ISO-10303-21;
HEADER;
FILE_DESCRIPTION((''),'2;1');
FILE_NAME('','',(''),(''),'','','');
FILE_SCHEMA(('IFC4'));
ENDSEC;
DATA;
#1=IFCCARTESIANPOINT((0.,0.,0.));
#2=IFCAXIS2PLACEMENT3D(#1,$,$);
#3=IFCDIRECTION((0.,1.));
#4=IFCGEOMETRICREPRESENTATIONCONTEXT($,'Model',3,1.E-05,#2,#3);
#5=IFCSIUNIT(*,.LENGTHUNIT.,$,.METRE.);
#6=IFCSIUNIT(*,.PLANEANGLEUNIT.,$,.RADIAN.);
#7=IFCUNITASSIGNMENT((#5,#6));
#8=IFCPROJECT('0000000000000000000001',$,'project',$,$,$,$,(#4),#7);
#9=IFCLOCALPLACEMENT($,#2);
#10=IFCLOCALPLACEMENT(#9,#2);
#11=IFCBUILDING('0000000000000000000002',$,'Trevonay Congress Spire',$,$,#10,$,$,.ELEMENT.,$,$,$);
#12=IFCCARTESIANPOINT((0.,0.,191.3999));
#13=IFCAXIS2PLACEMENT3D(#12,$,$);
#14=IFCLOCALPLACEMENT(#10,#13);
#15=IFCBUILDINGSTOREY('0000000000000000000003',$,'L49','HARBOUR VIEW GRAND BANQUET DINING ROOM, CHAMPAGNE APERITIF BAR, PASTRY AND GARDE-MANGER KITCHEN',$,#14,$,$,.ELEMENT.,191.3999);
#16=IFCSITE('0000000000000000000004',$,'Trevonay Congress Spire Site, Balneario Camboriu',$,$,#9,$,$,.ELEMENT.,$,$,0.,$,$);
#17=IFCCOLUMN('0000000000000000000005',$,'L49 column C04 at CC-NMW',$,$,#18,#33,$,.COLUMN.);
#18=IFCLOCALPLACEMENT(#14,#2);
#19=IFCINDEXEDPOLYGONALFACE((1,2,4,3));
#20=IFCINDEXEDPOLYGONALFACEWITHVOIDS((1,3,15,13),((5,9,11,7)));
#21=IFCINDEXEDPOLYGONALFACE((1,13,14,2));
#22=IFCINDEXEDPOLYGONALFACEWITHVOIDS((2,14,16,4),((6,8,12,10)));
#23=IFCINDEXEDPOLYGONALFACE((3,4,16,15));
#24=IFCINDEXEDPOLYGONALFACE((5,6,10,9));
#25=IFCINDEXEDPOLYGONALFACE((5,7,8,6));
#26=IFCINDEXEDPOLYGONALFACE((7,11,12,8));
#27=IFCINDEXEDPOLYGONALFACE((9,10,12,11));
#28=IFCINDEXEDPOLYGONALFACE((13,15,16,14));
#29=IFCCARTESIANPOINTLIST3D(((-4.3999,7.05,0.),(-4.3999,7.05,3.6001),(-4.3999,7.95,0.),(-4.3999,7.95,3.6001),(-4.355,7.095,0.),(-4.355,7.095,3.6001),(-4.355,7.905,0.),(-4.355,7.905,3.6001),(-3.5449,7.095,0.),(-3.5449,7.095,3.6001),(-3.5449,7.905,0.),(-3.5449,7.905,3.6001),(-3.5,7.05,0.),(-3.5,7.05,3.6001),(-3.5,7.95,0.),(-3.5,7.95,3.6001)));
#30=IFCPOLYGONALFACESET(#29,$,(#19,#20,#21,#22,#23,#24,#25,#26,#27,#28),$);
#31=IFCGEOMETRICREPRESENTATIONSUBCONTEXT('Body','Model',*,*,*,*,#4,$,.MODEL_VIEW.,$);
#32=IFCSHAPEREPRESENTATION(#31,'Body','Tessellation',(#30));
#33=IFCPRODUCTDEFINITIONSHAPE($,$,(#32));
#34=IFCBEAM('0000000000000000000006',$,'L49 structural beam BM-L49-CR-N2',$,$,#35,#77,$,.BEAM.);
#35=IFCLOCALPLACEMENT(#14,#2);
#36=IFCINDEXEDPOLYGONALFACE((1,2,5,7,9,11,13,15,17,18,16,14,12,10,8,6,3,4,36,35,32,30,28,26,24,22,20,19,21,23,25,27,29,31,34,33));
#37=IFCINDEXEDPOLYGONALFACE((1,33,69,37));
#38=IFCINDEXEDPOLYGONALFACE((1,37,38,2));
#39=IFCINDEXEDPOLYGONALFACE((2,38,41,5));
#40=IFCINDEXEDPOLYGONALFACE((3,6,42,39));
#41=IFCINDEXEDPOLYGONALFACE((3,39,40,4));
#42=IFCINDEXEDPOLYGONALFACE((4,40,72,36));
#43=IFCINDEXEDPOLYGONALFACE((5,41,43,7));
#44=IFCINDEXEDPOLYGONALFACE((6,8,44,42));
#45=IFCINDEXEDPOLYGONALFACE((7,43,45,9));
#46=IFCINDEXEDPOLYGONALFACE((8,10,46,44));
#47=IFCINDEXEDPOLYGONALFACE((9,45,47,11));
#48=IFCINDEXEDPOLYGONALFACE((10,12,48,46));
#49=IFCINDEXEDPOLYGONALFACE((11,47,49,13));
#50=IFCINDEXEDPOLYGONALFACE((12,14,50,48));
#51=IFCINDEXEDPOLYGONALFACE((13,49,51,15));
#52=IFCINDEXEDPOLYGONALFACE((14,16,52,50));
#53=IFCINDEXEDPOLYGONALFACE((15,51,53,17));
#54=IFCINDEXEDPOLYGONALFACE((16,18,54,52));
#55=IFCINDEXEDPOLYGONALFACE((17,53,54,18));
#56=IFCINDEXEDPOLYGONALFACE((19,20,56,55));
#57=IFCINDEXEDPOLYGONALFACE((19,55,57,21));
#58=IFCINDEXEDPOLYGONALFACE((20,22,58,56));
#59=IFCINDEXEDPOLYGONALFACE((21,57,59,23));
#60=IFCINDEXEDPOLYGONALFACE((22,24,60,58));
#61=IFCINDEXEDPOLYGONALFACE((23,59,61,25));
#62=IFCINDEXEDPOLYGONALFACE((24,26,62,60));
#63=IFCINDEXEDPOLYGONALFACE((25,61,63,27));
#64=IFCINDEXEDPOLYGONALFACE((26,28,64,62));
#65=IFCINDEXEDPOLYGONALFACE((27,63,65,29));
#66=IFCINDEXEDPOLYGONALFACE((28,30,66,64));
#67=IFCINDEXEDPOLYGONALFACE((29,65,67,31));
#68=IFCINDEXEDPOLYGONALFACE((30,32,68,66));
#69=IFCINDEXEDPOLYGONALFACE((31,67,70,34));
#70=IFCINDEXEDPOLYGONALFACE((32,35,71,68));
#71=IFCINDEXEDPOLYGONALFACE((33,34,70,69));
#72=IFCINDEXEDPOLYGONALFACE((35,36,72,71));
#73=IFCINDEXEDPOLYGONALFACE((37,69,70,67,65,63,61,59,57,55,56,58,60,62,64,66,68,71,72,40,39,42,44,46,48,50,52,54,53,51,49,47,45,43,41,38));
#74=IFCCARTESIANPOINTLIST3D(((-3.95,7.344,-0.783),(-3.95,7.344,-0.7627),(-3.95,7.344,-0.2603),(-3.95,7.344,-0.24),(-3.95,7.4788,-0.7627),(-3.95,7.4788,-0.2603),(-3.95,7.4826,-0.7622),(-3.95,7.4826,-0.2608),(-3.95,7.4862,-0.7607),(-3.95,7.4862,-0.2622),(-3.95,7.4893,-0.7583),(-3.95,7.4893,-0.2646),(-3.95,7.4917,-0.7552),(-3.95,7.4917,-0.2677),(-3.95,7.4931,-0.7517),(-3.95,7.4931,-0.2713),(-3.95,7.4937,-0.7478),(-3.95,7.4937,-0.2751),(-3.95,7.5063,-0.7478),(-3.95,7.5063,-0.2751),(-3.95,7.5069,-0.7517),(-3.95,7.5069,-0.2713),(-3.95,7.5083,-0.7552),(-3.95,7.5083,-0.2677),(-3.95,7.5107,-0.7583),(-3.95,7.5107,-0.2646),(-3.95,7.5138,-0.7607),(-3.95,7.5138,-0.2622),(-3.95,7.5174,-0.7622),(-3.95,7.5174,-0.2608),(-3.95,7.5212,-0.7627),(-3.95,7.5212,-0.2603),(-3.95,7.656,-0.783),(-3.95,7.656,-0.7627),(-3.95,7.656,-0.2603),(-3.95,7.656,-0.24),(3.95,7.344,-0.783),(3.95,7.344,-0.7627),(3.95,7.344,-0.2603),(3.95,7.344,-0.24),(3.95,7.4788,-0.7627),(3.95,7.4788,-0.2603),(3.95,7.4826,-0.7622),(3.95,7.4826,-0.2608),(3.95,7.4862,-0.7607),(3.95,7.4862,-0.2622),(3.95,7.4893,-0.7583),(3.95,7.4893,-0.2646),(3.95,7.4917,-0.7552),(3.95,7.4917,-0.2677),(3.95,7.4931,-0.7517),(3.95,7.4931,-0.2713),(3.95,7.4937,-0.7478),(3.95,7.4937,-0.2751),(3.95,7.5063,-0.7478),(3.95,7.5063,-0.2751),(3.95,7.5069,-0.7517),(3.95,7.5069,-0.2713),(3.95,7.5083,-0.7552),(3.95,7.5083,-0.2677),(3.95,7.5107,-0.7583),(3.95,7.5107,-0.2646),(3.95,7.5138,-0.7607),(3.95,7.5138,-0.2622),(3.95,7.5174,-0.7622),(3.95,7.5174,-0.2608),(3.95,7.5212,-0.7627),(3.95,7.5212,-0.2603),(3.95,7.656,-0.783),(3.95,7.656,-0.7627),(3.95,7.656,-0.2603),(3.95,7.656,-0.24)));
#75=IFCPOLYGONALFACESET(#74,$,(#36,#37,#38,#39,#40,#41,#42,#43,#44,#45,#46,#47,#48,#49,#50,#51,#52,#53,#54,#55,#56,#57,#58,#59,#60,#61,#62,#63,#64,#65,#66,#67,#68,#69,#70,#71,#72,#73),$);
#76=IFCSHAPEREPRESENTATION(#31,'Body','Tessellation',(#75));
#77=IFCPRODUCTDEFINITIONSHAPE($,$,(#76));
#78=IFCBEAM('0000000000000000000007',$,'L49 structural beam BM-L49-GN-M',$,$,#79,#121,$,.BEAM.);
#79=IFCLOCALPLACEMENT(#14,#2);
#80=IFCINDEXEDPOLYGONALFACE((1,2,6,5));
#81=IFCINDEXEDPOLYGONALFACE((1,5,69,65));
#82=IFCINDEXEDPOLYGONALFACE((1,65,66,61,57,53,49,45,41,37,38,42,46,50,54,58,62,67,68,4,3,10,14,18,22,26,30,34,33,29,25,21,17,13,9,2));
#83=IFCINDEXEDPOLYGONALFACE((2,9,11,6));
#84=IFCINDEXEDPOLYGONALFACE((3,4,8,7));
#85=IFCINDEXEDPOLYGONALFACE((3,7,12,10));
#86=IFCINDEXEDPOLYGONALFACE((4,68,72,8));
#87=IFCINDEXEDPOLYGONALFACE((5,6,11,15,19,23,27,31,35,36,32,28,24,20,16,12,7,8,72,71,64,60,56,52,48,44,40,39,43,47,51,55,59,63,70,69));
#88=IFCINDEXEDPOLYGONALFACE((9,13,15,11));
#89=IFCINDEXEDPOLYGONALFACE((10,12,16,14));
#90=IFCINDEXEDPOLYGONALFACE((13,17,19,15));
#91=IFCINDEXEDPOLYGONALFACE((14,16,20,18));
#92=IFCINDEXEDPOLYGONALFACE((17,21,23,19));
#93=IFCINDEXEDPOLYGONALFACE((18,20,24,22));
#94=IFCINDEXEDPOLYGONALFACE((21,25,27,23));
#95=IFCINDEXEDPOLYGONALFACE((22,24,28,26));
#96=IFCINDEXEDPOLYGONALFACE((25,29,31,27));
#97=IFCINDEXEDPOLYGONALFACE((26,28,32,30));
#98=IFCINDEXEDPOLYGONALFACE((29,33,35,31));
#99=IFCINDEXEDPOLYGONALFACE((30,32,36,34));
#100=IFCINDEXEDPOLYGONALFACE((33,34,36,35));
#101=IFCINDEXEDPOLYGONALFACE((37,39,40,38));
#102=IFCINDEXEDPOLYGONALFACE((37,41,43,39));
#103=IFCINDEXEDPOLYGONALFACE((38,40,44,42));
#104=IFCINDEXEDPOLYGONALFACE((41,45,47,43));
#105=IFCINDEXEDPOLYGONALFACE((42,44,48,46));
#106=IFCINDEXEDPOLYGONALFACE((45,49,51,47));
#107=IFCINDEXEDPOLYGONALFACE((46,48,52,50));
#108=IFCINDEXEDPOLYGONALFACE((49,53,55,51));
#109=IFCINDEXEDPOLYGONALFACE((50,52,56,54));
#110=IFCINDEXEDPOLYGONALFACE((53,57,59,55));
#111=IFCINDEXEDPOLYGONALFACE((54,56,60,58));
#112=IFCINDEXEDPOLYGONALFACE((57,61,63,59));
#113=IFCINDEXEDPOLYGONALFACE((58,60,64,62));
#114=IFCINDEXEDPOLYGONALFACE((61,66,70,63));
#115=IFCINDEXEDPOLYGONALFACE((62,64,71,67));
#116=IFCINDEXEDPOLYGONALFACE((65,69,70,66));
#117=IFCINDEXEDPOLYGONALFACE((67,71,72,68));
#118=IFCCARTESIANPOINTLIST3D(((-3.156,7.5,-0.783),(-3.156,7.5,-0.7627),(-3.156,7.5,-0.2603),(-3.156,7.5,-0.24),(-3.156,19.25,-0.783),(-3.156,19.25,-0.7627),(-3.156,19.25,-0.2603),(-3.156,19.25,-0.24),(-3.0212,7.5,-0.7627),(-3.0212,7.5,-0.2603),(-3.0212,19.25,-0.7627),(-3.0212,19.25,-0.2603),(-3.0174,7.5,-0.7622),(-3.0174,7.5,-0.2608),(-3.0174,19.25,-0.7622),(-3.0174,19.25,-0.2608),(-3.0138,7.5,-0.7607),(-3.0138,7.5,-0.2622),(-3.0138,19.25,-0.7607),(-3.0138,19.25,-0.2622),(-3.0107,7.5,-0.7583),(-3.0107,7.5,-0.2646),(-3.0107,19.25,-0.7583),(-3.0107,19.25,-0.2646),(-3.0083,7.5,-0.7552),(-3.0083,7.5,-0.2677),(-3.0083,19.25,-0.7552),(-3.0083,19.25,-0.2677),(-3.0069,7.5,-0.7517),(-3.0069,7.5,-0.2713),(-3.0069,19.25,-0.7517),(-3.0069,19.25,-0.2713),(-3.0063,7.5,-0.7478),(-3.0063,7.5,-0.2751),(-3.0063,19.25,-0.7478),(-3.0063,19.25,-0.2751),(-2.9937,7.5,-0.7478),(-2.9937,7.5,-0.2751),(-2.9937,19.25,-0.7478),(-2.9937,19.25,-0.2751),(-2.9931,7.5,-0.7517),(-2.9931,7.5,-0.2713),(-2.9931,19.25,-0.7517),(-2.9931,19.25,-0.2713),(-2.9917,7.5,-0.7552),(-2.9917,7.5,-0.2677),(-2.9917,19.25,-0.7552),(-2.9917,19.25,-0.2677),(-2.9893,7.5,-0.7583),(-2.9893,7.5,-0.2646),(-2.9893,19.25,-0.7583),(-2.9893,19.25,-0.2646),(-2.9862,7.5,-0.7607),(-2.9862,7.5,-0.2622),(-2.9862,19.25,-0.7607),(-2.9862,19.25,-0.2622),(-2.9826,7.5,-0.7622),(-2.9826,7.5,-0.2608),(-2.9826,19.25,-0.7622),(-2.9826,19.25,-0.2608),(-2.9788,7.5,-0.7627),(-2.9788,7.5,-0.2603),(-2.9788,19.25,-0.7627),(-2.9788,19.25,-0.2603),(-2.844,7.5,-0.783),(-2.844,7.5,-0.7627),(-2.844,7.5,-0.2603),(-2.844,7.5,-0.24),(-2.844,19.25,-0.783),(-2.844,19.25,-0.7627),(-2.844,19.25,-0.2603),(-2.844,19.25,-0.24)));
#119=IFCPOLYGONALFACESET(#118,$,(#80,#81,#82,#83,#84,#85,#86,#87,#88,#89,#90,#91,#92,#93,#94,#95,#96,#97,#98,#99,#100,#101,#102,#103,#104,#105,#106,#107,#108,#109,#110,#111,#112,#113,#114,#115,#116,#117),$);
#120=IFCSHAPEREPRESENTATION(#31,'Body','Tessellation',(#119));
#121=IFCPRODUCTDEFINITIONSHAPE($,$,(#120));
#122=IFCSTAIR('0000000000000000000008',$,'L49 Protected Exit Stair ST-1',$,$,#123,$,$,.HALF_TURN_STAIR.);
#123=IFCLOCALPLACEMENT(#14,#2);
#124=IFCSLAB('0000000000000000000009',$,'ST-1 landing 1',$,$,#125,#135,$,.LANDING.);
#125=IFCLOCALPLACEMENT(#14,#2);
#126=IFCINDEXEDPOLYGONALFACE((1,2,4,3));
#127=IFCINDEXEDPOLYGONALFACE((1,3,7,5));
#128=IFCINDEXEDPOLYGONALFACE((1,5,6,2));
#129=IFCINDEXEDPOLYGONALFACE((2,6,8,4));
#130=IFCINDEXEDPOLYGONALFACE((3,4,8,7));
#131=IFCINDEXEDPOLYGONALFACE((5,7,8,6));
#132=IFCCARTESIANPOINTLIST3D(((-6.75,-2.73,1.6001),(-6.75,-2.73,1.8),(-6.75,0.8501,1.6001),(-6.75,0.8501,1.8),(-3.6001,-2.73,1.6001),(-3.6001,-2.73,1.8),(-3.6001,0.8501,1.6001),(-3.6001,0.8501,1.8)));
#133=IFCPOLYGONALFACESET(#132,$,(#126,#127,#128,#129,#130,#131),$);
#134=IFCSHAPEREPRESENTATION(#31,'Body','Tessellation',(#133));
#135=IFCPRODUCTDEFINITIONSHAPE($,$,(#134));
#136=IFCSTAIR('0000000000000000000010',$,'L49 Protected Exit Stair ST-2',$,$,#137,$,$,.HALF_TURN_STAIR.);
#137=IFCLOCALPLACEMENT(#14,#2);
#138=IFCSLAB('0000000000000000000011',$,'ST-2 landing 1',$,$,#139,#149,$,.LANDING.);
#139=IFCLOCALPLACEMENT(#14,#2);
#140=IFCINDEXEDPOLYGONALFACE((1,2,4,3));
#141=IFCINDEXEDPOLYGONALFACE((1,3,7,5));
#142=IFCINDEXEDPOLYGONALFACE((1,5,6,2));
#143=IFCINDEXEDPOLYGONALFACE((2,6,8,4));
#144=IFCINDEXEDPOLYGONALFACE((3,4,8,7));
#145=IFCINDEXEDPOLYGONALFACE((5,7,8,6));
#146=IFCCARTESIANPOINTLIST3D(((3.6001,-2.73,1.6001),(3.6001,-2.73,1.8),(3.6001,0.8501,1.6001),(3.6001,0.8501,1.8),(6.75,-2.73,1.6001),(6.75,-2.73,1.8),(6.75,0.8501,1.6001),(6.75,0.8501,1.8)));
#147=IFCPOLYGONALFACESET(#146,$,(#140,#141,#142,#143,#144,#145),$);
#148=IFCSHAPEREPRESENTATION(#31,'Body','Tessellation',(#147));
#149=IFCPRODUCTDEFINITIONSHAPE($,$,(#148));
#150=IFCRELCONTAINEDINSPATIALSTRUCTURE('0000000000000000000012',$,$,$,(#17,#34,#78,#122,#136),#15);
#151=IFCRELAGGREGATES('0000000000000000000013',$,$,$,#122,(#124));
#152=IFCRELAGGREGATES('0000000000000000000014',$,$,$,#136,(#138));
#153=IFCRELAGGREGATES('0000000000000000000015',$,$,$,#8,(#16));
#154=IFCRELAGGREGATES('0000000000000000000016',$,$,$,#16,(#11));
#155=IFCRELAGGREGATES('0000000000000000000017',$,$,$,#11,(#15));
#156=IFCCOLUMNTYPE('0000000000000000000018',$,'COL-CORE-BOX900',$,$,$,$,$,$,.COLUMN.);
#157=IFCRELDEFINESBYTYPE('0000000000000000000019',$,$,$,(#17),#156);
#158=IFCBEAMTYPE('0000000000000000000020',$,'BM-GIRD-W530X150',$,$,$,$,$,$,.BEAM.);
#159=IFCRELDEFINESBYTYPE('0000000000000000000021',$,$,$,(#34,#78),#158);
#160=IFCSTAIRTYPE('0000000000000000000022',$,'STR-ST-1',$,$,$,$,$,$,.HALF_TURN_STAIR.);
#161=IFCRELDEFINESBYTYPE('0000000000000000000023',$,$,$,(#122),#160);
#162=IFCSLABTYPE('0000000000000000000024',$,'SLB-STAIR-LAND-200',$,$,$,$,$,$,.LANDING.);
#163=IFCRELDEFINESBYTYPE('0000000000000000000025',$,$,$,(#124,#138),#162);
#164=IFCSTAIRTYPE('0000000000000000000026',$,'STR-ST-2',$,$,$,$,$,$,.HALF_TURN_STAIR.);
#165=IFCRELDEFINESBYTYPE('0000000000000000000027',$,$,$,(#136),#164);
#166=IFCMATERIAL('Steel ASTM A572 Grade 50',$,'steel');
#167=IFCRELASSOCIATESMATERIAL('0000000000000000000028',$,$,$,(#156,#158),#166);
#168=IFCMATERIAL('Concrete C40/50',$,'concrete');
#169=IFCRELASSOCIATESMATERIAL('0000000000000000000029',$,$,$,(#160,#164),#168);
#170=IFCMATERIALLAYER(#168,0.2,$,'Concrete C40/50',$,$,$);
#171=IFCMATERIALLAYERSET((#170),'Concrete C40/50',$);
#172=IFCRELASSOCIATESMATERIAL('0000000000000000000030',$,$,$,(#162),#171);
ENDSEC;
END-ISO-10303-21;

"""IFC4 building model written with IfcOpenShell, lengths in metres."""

from ifc_helpers import new_model, si_unit, direction, frame, origin, origin_2d, place, context, subcontext, project, spatial, polyline, hollow_rectangle, i_section, outline, extrude, material, layer, layer_set, material_profile, profile_set, type_object, element, aggregate, save


model = new_model("IFC4")

# Units and contexts
model_context = context("Model", 3, precision=1e-05, world=origin(), true_north=direction((0.0, 1.0)))
body_context = subcontext(model_context, "Body", "Model", "MODEL_VIEW")
ifc_project = project(units=[si_unit("LENGTHUNIT", "METRE"), si_unit("PLANEANGLEUNIT", "RADIAN")], contexts=[model_context])

# Site, building, storey
site_placement = place(None, origin())
site = spatial("IfcSite", under=ifc_project, at=site_placement, Name="Trevonay Congress Spire Site, Balneario Camboriu", CompositionType="ELEMENT", RefElevation=0.0)
building_placement = place(site_placement, origin())
building = spatial("IfcBuilding", under=site, at=building_placement, Name="Trevonay Congress Spire", CompositionType="ELEMENT")
storey_placement = place(building_placement, frame((0.0, 0.0, 191.3999)))
storey = spatial("IfcBuildingStorey", under=building, at=storey_placement, Name="L49", Description="HARBOUR VIEW GRAND BANQUET DINING ROOM, CHAMPAGNE APERITIF BAR, PASTRY AND GARDE-MANGER KITCHEN", CompositionType="ELEMENT", Elevation=191.3999)

# Column
ifc_material_1 = material(Name="Steel ASTM A572 Grade 50", Category="steel")
ifc_material_profile_1 = material_profile(ifc_material_1, hollow_rectangle(XDim=0.8999, YDim=0.8999, WallThickness=0.0449, at=origin_2d()), Name="BOX 900x900x45")
ifc_profile_set_1 = profile_set([ifc_material_profile_1], Name="Steel ASTM A572 Grade 50")
column_type = type_object("IfcColumnType", Name="COL-CORE-BOX900", PredefinedType="COLUMN", material=ifc_profile_set_1)
column_placement = place(storey_placement, frame((-3.95, 7.5, 0.0), z_axis=(0.0, 0.0, 1.0), x_axis=(1.0, 0.0, 0.0)))
element("IfcColumn", 1, at=column_placement, inside=storey, type_object=column_type, Name="L49 column C04 at CC-NMW", PredefinedType="COLUMN", context=body_context, shape_type="SweptSolid", body=[
    extrude(hollow_rectangle(XDim=0.8999, YDim=0.8999, WallThickness=0.0449, at=origin_2d()), origin(), (0.0, 0.0, 1.0), 3.6001),
])

# Beams
ifc_material_profile_2 = material_profile(ifc_material_1, i_section(OverallWidth=0.312, OverallDepth=0.543, WebThickness=0.0127, FlangeThickness=0.0203, FilletRadius=0.0149, at=origin_2d()), Name="W530x150")
ifc_profile_set_2 = profile_set([ifc_material_profile_2], Name="Steel ASTM A572 Grade 50")
beam_type = type_object("IfcBeamType", Name="BM-GIRD-W530X150", PredefinedType="BEAM", material=ifc_profile_set_2)
beam_1_placement = place(storey_placement, frame((-3.95, 7.5, -0.5115), z_axis=(1.0, 0.0, 0.0), x_axis=(0.0, 1.0, 0.0)))
element("IfcBeam", 2, at=beam_1_placement, inside=storey, type_object=beam_type, Name="L49 structural beam BM-L49-CR-N2", PredefinedType="BEAM", context=body_context, shape_type="SweptSolid", body=[
    extrude(i_section(OverallWidth=0.312, OverallDepth=0.543, WebThickness=0.0127, FlangeThickness=0.0203, FilletRadius=0.0149, at=origin_2d()), origin(), (0.0, 0.0, 1.0), 7.8999),
])
beam_2_placement = place(storey_placement, frame((-3.0, 7.5, -0.5115), z_axis=(0.0, 1.0, 0.0), x_axis=(-1.0, 0.0, 0.0)))
element("IfcBeam", 3, at=beam_2_placement, inside=storey, type_object=beam_type, Name="L49 structural beam BM-L49-GN-M", PredefinedType="BEAM", context=body_context, shape_type="SweptSolid", body=[
    extrude(i_section(OverallWidth=0.312, OverallDepth=0.543, WebThickness=0.0127, FlangeThickness=0.0203, FilletRadius=0.0149, at=origin_2d()), origin(), (0.0, 0.0, 1.0), 11.75),
])

# Stairs, slabs
ifc_material_2 = material(Name="Concrete C40/50", Category="concrete")
stair_type_1 = type_object("IfcStairType", Name="STR-ST-1", PredefinedType="HALF_TURN_STAIR", material=ifc_material_2)
stair_1_placement = place(storey_placement, origin())
stair_1 = element("IfcStair", 4, at=stair_1_placement, inside=storey, type_object=stair_type_1, Name="L49 Protected Exit Stair ST-1", PredefinedType="HALF_TURN_STAIR")
ifc_layer_1 = layer(ifc_material_2, 0.2, Name="Concrete C40/50")
ifc_layer_set_1 = layer_set([ifc_layer_1], Name="Concrete C40/50")
slab_type_1 = type_object("IfcSlabType", Name="SLB-STAIR-LAND-200", PredefinedType="LANDING", material=ifc_layer_set_1)
slab_1_placement = place(storey_placement, frame((0.0, 0.0, 1.6001)))
slab_1 = element("IfcSlab", 5, at=slab_1_placement, type_object=slab_type_1, Name="ST-1 landing 1", PredefinedType="LANDING", context=body_context, shape_type="SweptSolid", body=[
    extrude(outline(polyline([(-3.6001, -2.73), (-3.6001, 0.8501), (-6.75, 0.8501), (-6.75, -2.73), (-3.6001, -2.73)])), origin(), (0.0, 0.0, 1.0), 0.2),
])
aggregate(stair_1, [slab_1])
stair_type_2 = type_object("IfcStairType", Name="STR-ST-2", PredefinedType="HALF_TURN_STAIR", material=ifc_material_2)
stair_2_placement = place(storey_placement, origin())
stair_2 = element("IfcStair", 6, at=stair_2_placement, inside=storey, type_object=stair_type_2, Name="L49 Protected Exit Stair ST-2", PredefinedType="HALF_TURN_STAIR")
slab_2_placement = place(storey_placement, frame((0.0, 0.0, 1.6001)))
slab_2 = element("IfcSlab", 7, at=slab_2_placement, type_object=slab_type_1, Name="ST-2 landing 1", PredefinedType="LANDING", context=body_context, shape_type="SweptSolid", body=[
    extrude(outline(polyline([(6.75, -2.73), (6.75, 0.8501), (3.6001, 0.8501), (3.6001, -2.73), (6.75, -2.73)])), origin(), (0.0, 0.0, 1.0), 0.2),
])
aggregate(stair_2, [slab_2])

save(model, "model.ifc")
